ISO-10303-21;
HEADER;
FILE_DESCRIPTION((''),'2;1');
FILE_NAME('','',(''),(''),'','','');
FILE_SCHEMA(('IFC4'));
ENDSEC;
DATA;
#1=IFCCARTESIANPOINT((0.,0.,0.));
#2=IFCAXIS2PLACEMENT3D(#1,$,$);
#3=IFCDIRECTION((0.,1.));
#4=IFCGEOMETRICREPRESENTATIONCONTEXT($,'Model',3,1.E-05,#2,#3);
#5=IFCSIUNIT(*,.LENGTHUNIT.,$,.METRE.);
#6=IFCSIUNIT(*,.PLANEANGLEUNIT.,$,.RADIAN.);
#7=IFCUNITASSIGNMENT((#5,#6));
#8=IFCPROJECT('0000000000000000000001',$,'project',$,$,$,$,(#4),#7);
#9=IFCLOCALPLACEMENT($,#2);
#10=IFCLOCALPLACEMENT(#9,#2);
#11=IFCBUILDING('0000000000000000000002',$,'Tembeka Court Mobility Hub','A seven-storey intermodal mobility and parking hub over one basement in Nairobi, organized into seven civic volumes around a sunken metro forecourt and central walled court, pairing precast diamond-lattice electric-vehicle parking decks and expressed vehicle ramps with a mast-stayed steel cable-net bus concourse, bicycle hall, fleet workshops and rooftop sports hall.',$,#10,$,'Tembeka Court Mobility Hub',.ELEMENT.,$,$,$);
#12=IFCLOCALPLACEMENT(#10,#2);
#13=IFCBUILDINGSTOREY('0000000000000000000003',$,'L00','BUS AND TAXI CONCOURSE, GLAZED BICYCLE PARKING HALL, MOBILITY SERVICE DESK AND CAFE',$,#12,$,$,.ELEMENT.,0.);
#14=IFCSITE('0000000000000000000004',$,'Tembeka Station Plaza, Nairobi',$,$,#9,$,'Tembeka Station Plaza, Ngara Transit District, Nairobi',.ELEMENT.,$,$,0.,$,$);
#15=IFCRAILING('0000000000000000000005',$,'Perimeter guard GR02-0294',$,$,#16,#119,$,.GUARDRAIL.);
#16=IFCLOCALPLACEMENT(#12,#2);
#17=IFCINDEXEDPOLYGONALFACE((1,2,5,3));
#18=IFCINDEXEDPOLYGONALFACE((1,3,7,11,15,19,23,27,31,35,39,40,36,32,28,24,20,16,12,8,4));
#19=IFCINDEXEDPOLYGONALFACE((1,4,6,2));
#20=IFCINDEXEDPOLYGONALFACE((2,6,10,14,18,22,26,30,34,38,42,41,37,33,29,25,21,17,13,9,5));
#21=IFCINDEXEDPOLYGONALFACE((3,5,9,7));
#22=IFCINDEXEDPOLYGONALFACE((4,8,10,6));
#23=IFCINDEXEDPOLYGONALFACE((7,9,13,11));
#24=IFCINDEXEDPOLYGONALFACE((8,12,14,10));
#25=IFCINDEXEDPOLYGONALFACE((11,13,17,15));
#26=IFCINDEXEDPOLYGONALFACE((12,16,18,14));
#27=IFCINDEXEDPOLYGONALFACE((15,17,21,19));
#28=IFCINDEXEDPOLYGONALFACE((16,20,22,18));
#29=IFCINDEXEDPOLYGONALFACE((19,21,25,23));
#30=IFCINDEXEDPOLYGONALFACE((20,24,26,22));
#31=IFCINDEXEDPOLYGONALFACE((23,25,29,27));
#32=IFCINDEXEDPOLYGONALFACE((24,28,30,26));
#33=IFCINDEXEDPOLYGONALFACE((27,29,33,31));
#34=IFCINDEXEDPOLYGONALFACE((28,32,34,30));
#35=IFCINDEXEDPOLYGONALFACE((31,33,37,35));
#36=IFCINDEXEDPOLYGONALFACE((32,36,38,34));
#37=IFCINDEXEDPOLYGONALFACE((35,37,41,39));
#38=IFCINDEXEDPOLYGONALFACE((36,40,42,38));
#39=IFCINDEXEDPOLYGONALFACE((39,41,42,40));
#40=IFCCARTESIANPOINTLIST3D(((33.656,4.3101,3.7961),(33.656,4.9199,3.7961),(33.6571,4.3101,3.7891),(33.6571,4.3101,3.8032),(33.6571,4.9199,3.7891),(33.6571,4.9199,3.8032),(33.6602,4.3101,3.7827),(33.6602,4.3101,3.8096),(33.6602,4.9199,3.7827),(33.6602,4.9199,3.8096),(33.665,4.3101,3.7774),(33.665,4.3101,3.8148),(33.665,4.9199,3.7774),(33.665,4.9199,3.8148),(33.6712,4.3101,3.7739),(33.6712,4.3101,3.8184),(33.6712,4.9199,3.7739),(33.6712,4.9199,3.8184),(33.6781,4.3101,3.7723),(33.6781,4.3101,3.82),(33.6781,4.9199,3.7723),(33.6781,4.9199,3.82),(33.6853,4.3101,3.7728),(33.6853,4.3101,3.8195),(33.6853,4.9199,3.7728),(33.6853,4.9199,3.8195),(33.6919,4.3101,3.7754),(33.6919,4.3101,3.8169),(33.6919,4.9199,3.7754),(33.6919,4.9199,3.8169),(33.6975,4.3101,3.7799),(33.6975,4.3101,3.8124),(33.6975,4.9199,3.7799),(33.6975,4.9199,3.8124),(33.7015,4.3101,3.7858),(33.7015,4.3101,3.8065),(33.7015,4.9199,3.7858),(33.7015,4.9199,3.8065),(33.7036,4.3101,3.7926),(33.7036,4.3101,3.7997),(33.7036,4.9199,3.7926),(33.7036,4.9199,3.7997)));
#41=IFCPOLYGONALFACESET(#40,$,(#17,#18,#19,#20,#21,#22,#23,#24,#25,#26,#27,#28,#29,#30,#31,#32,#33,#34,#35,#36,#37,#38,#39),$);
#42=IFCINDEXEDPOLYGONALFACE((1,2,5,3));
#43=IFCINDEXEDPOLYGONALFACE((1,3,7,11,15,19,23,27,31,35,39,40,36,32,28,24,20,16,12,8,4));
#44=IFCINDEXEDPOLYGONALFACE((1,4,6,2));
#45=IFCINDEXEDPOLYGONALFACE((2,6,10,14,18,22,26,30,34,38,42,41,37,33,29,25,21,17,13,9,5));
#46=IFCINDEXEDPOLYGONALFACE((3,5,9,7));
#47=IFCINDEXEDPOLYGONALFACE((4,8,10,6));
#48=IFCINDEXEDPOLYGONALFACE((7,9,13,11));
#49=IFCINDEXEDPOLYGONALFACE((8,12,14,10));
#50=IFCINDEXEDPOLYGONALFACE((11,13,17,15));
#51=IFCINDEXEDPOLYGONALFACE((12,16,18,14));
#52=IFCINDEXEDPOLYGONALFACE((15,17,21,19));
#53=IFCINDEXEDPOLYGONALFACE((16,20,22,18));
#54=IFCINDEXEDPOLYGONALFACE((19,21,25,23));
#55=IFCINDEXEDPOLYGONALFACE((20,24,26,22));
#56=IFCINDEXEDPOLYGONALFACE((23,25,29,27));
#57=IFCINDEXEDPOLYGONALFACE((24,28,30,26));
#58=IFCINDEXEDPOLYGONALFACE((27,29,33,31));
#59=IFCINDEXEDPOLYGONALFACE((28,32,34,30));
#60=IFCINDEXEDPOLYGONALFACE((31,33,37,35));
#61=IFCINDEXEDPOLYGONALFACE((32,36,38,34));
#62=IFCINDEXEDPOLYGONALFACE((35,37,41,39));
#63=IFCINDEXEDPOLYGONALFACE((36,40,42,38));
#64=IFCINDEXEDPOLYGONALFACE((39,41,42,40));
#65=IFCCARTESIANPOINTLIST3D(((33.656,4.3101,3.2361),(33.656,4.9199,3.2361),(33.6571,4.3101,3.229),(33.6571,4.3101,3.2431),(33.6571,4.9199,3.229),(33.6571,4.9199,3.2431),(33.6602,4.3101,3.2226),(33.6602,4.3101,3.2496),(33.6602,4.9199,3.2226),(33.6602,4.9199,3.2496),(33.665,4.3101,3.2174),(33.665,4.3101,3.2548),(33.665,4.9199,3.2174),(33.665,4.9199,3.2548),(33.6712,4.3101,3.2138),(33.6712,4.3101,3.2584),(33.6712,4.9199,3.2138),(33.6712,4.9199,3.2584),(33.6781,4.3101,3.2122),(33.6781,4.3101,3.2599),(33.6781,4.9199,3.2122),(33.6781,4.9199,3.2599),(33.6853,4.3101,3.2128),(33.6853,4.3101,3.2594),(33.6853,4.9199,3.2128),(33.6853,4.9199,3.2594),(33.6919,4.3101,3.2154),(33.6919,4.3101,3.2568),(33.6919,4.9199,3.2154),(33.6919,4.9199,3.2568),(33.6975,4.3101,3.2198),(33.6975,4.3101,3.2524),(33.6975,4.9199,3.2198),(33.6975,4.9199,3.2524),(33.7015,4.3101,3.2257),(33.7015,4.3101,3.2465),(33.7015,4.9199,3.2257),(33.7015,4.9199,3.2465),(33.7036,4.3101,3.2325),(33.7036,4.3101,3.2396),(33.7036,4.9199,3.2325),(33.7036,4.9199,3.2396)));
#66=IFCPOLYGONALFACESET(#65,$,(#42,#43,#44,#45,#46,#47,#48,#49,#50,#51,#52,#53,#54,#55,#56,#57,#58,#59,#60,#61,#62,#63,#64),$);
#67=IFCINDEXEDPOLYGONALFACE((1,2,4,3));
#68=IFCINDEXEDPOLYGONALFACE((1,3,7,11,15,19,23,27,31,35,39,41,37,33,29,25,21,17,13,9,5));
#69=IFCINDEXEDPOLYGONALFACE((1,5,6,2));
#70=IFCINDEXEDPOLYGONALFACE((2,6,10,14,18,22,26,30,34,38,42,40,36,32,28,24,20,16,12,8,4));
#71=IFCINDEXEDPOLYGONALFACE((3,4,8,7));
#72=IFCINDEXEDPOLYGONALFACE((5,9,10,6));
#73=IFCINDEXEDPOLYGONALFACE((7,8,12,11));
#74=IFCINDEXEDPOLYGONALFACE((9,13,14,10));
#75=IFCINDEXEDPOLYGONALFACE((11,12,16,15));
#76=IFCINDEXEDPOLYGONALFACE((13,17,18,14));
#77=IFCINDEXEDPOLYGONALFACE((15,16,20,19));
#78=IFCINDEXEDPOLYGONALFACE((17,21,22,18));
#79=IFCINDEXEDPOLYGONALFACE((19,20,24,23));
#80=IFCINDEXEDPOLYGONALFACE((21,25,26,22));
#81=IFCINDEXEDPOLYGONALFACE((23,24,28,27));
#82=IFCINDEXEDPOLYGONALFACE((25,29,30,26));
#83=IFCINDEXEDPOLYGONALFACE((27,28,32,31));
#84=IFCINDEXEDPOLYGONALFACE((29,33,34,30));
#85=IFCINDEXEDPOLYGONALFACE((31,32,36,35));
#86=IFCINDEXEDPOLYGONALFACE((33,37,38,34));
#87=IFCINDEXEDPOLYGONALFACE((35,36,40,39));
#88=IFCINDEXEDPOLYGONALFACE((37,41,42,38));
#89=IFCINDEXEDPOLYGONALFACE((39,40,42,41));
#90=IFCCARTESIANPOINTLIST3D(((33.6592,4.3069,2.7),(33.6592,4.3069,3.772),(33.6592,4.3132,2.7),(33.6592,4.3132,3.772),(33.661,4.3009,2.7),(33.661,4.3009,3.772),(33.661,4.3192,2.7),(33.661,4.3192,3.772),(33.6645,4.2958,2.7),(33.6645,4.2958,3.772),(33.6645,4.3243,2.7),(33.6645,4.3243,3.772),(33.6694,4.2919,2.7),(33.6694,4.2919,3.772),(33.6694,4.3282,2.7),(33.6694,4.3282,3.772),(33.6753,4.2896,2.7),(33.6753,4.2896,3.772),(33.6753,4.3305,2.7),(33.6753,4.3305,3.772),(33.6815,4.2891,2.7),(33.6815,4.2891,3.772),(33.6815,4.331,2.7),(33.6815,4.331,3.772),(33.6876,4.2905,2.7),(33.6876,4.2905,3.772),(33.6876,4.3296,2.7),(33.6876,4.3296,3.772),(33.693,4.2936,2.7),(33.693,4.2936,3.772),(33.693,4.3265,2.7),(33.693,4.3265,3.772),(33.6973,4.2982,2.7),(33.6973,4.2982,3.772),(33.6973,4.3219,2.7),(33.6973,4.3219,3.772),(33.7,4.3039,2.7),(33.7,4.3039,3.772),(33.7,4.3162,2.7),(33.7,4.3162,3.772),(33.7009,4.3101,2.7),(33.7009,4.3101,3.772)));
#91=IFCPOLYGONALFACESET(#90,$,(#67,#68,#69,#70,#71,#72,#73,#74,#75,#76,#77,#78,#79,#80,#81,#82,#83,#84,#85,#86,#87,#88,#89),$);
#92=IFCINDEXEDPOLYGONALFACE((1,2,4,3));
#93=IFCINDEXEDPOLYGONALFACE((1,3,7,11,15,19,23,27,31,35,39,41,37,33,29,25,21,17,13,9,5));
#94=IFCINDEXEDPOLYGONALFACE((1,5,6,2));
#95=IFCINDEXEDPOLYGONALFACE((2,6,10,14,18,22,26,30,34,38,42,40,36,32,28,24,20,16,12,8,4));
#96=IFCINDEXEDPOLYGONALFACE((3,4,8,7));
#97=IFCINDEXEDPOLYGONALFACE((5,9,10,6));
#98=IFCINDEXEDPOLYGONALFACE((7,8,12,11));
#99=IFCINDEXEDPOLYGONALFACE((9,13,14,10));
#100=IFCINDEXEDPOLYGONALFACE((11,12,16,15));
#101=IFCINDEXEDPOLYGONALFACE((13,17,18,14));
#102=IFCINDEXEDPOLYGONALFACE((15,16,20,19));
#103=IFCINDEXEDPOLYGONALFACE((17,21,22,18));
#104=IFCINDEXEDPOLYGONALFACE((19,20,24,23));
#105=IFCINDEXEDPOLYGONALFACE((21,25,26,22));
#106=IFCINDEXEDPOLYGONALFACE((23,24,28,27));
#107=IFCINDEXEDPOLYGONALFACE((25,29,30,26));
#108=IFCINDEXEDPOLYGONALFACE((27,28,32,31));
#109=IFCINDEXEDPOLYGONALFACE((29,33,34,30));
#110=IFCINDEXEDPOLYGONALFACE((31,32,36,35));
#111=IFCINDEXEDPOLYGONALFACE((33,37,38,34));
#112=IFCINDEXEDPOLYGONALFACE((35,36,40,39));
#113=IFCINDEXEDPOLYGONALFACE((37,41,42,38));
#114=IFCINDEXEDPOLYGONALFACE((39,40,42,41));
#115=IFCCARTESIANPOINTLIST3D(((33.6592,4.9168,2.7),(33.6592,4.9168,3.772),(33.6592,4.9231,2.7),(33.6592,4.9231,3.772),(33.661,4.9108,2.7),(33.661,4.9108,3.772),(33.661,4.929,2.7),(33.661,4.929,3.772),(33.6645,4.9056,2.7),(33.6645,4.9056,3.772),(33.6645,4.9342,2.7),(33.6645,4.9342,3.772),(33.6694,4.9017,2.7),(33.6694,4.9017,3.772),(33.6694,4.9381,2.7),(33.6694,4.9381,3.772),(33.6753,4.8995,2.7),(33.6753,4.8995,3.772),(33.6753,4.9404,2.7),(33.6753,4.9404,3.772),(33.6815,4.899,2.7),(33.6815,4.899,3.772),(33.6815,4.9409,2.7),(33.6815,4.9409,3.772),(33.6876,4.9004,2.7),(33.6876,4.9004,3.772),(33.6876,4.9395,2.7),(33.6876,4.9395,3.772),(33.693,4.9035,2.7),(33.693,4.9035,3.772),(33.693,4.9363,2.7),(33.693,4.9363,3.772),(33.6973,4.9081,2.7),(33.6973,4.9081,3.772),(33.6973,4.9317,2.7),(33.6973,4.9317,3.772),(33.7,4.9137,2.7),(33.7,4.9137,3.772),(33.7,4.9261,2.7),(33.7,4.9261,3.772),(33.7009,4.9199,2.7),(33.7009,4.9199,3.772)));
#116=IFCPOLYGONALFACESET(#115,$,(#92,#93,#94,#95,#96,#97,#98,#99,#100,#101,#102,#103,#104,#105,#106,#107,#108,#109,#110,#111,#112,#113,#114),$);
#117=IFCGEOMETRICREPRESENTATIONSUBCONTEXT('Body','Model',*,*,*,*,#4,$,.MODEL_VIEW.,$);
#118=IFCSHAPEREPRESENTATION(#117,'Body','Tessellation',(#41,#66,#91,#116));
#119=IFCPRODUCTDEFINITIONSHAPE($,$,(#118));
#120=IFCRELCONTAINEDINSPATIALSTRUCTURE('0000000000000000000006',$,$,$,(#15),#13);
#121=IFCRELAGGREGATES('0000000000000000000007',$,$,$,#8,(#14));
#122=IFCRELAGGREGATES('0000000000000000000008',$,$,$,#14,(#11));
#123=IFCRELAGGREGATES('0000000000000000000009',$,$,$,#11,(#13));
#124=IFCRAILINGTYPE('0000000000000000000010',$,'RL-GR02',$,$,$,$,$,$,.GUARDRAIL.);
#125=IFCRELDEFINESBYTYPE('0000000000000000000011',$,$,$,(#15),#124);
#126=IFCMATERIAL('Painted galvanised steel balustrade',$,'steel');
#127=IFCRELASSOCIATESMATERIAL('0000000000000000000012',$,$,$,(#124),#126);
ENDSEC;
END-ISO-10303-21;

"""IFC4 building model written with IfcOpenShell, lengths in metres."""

from ifc_helpers import new_model, si_unit, direction, frame, origin, origin_2d, place, context, subcontext, project, spatial, circle, extrude, material, type_object, element, save


model = new_model("IFC4")

# Units and contexts
model_context = context("Model", 3, precision=1e-05, world=origin(), true_north=direction((0.0, 1.0)))
body_context = subcontext(model_context, "Body", "Model", "MODEL_VIEW")
ifc_project = project(units=[si_unit("LENGTHUNIT", "METRE"), si_unit("PLANEANGLEUNIT", "RADIAN")], contexts=[model_context])

# Site, building, storey
site_placement = place(None, origin())
site = spatial("IfcSite", under=ifc_project, at=site_placement, Name="Tembeka Station Plaza, Nairobi", LongName="Tembeka Station Plaza, Ngara Transit District, Nairobi", CompositionType="ELEMENT", RefElevation=0.0)
building_placement = place(site_placement, origin())
building = spatial("IfcBuilding", under=site, at=building_placement, Name="Tembeka Court Mobility Hub", Description="A seven-storey intermodal mobility and parking hub over one basement in Nairobi, organized into seven civic volumes around a sunken metro forecourt and central walled court, pairing precast diamond-lattice electric-vehicle parking decks and expressed vehicle ramps with a mast-stayed steel cable-net bus concourse, bicycle hall, fleet workshops and rooftop sports hall.", LongName="Tembeka Court Mobility Hub", CompositionType="ELEMENT")
storey_placement = place(building_placement, origin())
storey = spatial("IfcBuildingStorey", under=building, at=storey_placement, Name="L00", Description="BUS AND TAXI CONCOURSE, GLAZED BICYCLE PARKING HALL, MOBILITY SERVICE DESK AND CAFE", CompositionType="ELEMENT", Elevation=0.0)

# Railing
ifc_material_1 = material(Name="Painted galvanised steel balustrade", Category="steel")
railing_type = type_object("IfcRailingType", Name="RL-GR02", PredefinedType="GUARDRAIL", material=ifc_material_1)
railing_1_placement = place(storey_placement, frame((33.6799, 4.3101, 2.7)))
element("IfcRailing", 1, at=railing_1_placement, inside=storey, type_object=railing_type, Name="Perimeter guard GR02-0294", PredefinedType="GUARDRAIL", context=body_context, shape_type="SweptSolid", body=[
    extrude(circle(Radius=0.0239, at=origin_2d()), frame((0.0, 0.0, 1.0962), z_axis=(0.0, 1.0, 0.0), x_axis=(-1.0, 0.0, 0.0)), (0.0, 0.0, 1.0), 0.6099),
    extrude(circle(Radius=0.0239, at=origin_2d()), frame((0.0, 0.0, 0.5361), z_axis=(0.0, 1.0, 0.0), x_axis=(-1.0, 0.0, 0.0)), (0.0, 0.0, 1.0), 0.6099),
    extrude(circle(Radius=0.021, at=origin_2d()), origin(), (0.0, 0.0, 1.0), 1.072),
    extrude(circle(Radius=0.021, at=origin_2d()), frame((0.0, 0.6099, 0.0)), (0.0, 0.0, 1.0), 1.072),
])

save(model, "model.ifc")
